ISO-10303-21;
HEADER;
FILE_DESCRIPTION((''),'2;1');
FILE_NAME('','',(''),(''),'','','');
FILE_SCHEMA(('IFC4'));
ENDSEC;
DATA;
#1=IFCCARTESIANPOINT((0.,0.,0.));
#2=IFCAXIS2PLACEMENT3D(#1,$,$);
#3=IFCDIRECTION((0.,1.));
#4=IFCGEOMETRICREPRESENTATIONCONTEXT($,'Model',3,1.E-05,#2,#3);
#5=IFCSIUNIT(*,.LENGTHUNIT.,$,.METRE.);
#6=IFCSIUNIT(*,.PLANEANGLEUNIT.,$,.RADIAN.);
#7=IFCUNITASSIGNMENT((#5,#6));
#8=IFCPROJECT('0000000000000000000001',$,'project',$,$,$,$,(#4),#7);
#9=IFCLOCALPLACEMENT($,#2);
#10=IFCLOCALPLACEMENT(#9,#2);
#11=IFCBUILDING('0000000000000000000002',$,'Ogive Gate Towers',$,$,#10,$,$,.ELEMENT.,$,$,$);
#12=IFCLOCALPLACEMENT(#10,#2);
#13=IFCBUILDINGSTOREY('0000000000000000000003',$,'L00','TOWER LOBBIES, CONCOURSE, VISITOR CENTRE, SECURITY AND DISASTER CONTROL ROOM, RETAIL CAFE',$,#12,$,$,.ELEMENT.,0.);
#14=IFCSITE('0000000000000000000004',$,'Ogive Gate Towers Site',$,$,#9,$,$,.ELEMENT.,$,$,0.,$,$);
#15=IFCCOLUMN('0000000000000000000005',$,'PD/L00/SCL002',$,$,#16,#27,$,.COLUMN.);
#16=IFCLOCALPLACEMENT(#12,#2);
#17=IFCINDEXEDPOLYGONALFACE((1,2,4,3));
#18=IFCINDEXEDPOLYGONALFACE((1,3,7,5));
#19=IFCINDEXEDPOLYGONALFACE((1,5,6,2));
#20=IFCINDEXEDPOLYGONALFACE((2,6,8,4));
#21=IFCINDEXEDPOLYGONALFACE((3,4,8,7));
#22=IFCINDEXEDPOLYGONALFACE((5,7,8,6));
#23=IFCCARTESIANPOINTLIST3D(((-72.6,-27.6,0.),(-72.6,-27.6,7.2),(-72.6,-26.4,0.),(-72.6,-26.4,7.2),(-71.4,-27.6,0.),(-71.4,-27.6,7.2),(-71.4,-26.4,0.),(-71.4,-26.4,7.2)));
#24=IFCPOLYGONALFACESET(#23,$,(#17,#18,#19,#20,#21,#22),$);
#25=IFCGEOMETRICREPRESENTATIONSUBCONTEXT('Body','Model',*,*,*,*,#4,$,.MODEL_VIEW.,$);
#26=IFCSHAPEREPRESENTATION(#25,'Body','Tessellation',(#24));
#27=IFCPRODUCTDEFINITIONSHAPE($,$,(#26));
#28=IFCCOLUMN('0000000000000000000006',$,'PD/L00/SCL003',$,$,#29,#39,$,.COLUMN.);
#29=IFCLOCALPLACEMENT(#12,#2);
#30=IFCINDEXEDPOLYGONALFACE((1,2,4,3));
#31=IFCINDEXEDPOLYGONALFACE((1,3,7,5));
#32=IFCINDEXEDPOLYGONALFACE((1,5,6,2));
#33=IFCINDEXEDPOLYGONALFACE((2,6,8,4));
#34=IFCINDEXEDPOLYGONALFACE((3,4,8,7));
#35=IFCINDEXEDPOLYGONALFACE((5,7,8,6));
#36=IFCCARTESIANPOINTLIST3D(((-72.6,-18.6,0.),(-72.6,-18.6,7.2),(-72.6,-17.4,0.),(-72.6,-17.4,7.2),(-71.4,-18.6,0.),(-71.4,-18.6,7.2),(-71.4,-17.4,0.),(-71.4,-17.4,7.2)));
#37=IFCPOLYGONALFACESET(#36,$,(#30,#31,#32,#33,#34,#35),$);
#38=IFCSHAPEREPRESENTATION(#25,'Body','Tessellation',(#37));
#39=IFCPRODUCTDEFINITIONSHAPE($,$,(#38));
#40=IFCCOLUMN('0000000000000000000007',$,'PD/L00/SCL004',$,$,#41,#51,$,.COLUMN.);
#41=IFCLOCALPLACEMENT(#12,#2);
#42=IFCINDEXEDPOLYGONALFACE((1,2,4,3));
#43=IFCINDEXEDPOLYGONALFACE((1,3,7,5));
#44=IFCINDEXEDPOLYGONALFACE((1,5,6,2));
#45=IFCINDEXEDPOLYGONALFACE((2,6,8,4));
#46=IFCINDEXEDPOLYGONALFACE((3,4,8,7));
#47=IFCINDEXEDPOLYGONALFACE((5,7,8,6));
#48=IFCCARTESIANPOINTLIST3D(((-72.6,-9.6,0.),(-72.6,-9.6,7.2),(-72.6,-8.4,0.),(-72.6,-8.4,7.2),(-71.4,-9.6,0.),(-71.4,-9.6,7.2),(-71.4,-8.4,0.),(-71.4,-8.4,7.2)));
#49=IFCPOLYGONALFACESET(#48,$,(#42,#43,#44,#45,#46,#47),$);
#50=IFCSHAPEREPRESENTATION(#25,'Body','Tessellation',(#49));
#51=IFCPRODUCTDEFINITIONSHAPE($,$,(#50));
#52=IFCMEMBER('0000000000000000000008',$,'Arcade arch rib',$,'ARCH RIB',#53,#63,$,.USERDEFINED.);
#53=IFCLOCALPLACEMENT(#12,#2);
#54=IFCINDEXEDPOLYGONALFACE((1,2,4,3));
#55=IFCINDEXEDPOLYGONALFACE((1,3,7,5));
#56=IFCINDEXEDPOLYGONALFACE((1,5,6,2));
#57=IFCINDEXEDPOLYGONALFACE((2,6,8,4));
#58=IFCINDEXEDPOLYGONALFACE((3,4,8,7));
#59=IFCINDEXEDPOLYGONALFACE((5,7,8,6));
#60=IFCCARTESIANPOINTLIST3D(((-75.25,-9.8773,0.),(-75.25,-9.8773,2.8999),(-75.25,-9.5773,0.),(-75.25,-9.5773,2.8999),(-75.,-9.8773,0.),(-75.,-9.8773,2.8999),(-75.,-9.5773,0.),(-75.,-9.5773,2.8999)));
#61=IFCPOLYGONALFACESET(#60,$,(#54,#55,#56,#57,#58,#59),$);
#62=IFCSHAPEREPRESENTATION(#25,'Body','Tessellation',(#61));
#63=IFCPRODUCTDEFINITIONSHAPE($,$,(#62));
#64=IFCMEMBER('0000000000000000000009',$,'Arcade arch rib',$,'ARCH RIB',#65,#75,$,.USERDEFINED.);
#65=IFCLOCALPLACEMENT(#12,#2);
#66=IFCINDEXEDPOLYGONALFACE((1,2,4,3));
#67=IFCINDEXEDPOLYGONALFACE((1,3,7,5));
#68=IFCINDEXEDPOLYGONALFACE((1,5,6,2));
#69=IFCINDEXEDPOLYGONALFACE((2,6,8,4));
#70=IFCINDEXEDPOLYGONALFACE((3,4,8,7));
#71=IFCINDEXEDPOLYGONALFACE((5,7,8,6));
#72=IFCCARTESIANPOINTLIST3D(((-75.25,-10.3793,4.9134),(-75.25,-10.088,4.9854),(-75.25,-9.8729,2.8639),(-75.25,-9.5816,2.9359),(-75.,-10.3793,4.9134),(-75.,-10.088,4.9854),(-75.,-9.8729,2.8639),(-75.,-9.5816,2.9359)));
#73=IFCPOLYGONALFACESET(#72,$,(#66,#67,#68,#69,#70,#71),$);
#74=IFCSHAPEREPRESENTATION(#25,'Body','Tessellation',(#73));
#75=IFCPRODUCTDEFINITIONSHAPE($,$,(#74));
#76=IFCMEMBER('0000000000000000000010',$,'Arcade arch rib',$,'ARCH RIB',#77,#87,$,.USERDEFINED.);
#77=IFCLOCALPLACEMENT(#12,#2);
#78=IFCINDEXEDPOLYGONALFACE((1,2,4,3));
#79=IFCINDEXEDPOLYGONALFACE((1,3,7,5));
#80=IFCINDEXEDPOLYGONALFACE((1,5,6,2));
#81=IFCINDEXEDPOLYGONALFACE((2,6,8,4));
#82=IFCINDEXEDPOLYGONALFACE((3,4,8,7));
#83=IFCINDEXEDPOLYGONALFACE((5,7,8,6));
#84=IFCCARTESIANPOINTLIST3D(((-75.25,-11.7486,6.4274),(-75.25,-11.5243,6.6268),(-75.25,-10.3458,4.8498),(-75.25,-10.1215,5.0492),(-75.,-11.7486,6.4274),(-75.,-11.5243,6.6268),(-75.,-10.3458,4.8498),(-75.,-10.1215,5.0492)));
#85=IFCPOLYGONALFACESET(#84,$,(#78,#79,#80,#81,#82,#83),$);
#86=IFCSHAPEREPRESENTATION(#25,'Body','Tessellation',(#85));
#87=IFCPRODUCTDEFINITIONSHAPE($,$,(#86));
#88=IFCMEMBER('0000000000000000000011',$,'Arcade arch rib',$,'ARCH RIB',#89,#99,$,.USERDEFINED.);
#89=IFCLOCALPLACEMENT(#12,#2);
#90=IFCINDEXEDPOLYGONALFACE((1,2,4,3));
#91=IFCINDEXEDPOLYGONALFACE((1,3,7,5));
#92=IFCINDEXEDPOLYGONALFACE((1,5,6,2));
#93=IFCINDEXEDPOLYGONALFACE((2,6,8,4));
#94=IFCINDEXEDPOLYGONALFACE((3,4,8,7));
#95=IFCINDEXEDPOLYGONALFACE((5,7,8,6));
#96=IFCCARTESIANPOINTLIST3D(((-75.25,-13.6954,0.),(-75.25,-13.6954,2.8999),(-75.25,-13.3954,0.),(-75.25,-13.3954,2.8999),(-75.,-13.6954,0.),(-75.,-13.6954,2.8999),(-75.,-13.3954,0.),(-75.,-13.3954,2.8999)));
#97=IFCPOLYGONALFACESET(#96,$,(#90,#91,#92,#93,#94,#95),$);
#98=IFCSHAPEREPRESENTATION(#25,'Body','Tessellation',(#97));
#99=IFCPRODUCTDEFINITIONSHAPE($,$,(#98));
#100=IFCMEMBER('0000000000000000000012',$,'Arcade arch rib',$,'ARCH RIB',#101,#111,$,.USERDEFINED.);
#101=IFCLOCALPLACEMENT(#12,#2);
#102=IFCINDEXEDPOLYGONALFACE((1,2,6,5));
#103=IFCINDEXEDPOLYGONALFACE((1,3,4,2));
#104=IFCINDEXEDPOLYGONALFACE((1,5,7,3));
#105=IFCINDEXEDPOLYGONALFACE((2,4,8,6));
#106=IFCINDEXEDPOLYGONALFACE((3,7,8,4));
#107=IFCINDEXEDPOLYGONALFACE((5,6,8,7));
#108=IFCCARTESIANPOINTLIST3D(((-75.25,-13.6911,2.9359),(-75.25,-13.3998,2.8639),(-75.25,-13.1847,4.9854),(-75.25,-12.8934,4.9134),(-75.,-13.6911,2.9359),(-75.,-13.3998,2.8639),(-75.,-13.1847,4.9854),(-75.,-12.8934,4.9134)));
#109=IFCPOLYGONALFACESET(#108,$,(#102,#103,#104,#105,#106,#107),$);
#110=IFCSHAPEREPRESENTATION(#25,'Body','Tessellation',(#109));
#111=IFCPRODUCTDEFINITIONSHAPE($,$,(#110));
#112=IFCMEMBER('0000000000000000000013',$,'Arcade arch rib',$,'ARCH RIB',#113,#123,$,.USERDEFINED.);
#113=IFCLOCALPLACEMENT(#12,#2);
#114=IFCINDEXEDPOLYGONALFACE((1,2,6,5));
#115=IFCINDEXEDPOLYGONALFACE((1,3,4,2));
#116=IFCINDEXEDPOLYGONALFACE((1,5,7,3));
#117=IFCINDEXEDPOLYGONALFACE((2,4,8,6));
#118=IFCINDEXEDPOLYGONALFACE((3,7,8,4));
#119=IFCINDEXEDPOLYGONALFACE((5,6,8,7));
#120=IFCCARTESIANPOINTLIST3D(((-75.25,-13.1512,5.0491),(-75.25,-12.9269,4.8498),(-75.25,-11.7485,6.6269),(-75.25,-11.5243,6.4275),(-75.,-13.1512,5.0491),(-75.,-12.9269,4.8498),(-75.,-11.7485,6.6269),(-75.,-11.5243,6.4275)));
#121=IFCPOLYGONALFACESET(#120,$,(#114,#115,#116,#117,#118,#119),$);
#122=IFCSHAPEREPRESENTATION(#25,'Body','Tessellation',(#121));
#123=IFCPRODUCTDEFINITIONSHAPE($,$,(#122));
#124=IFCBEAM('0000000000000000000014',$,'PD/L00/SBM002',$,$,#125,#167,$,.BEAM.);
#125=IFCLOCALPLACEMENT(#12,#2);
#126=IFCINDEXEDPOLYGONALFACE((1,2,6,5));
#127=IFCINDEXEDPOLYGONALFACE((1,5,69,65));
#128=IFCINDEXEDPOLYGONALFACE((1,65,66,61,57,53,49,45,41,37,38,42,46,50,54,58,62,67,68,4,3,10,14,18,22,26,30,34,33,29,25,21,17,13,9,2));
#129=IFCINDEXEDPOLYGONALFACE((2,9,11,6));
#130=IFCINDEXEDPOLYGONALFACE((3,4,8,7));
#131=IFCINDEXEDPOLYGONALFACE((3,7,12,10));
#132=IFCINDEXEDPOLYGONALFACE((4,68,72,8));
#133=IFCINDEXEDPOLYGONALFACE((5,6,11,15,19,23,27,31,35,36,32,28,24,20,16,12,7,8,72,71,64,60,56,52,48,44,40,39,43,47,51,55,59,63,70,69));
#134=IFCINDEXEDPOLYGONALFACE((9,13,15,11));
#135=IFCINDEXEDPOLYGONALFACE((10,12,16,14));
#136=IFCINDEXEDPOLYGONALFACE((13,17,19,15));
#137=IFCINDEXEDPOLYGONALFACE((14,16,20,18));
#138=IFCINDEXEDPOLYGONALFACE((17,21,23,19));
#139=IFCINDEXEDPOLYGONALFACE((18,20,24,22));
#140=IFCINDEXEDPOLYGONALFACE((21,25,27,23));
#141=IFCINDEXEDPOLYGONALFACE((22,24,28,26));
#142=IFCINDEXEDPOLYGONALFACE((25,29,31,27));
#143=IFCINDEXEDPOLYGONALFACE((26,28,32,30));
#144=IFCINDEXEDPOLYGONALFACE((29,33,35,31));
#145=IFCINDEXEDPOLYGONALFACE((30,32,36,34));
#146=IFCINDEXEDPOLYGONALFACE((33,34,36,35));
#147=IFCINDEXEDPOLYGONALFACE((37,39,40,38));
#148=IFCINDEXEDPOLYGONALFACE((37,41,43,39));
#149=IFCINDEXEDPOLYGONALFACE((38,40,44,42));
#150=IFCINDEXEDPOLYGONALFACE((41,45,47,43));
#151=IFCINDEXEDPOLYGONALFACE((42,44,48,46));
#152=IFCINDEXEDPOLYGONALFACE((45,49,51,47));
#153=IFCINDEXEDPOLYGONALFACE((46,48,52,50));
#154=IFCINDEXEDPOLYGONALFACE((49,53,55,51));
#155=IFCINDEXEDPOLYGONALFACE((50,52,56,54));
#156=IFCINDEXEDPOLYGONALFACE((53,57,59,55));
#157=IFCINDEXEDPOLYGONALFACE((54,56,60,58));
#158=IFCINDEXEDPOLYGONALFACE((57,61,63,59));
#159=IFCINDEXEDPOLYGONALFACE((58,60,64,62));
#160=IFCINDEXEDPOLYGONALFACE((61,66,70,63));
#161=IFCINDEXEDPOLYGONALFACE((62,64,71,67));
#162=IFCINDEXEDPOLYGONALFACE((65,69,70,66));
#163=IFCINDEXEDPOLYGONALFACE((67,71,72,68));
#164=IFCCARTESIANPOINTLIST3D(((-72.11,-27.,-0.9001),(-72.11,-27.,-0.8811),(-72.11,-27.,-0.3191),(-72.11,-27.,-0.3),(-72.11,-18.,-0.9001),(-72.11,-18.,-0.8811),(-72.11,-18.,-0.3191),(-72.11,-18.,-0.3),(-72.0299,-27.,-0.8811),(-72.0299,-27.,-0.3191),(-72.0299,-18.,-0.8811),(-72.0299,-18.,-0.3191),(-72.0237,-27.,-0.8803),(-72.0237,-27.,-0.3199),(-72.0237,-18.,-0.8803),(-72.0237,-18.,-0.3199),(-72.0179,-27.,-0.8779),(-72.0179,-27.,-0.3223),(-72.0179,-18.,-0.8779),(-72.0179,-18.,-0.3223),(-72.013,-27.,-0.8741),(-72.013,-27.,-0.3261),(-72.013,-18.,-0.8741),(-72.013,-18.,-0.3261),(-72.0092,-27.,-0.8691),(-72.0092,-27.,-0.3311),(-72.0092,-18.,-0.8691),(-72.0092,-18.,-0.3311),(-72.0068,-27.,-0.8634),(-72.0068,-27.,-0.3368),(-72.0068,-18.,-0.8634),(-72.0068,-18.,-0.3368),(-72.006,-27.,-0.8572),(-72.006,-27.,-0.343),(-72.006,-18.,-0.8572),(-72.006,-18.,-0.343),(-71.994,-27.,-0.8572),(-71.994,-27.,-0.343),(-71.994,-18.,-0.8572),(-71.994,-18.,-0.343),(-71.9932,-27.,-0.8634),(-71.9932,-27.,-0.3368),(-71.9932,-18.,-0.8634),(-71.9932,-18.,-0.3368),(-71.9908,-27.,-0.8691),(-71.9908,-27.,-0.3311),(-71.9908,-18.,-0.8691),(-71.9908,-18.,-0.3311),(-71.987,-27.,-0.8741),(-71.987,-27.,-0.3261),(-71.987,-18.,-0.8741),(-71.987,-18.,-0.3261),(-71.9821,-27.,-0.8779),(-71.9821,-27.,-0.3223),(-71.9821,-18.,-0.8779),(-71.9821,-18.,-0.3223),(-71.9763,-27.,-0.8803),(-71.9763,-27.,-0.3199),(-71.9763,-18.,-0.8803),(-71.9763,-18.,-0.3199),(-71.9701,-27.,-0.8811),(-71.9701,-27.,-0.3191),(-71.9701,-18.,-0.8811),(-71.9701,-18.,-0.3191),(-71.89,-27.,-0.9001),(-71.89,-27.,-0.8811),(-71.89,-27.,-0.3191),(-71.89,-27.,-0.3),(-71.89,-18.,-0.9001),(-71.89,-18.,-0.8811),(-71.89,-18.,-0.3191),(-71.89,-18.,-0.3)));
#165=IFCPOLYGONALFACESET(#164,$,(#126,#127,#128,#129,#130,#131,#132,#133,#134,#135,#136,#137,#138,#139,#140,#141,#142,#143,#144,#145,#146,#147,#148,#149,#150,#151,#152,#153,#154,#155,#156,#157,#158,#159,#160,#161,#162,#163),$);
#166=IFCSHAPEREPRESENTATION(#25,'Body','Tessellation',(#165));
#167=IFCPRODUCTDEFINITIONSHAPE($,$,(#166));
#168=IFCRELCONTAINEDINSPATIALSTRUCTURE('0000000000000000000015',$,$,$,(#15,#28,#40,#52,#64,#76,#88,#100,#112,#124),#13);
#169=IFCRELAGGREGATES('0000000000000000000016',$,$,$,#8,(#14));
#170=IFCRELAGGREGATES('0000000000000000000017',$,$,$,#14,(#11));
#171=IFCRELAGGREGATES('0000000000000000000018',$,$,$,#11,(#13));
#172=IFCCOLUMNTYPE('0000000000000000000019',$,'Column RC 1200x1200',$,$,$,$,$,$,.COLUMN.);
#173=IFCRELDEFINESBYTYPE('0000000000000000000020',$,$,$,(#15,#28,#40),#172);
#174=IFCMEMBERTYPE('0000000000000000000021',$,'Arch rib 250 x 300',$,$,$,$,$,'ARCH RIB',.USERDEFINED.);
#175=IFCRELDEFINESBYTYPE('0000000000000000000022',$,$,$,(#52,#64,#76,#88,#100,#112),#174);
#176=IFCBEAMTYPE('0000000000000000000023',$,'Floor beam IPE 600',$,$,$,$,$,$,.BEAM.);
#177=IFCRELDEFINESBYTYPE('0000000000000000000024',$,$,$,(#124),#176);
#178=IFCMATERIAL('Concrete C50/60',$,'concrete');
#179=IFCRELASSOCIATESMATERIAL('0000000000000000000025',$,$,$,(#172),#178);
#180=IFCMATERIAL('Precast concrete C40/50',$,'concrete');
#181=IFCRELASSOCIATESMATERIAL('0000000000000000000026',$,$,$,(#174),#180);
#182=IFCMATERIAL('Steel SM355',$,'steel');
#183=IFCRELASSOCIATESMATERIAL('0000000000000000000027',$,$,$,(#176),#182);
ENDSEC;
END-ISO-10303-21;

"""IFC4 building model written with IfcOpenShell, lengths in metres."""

from ifc_helpers import new_model, si_unit, direction, frame, origin, origin_2d, place, context, subcontext, project, spatial, rectangle, i_section, extrude, material, material_profile, profile_set, type_object, element, save


model = new_model("IFC4")

# Units and contexts
model_context = context("Model", 3, precision=1e-05, world=origin(), true_north=direction((0.0, 1.0)))
body_context = subcontext(model_context, "Body", "Model", "MODEL_VIEW")
ifc_project = project(units=[si_unit("LENGTHUNIT", "METRE"), si_unit("PLANEANGLEUNIT", "RADIAN")], contexts=[model_context])

# Site, building, storey
site_placement = place(None, origin())
site = spatial("IfcSite", under=ifc_project, at=site_placement, Name="Ogive Gate Towers Site", CompositionType="ELEMENT", RefElevation=0.0)
building_placement = place(site_placement, origin())
building = spatial("IfcBuilding", under=site, at=building_placement, Name="Ogive Gate Towers", CompositionType="ELEMENT")
storey_placement = place(building_placement, origin())
storey = spatial("IfcBuildingStorey", under=building, at=storey_placement, Name="L00", Description="TOWER LOBBIES, CONCOURSE, VISITOR CENTRE, SECURITY AND DISASTER CONTROL ROOM, RETAIL CAFE", CompositionType="ELEMENT", Elevation=0.0)

# Columns
ifc_material_1 = material(Name="Concrete C50/60", Category="concrete")
ifc_material_profile_1 = material_profile(ifc_material_1, rectangle(XDim=1.2, YDim=1.2, at=origin_2d()), Name="RC 1200x1200")
ifc_profile_set_1 = profile_set([ifc_material_profile_1], Name="Concrete C50/60")
column_type = type_object("IfcColumnType", Name="Column RC 1200x1200", PredefinedType="COLUMN", material=ifc_profile_set_1)
for number, where, z_axis, x_axis, name in (
    (1, (-72.0, -27.0, 0.0), (0.0, 0.0, 1.0), (1.0, 0.0, 0.0), "PD/L00/SCL002"),
    (2, (-72.0, -18.0, 0.0), (0.0, 0.0, 1.0), (1.0, 0.0, 0.0), "PD/L00/SCL003"),
    (3, (-72.0, -9.0, 0.0), (0.0, 0.0, 1.0), (1.0, 0.0, 0.0), "PD/L00/SCL004"),
):
    element("IfcColumn", number, at=place(storey_placement, frame(where, z_axis=z_axis, x_axis=x_axis)), inside=storey, type_object=column_type, Name=name, PredefinedType="COLUMN", context=body_context, shape_type="SweptSolid", body=[
        extrude(rectangle(XDim=1.2, YDim=1.2, at=origin_2d()), origin(), (0.0, 0.0, 1.0), 7.2),
    ])

# Members
ifc_material_2 = material(Name="Precast concrete C40/50", Category="concrete")
ifc_material_profile_2 = material_profile(ifc_material_2, rectangle(XDim=0.25, YDim=0.3, at=origin_2d()), Name="250 x 300 cast stone")
ifc_profile_set_2 = profile_set([ifc_material_profile_2], Name="Precast concrete C40/50")
member_type_1 = type_object("IfcMemberType", Name="Arch rib 250 x 300", ElementType="ARCH RIB", PredefinedType="USERDEFINED", material=ifc_profile_set_2)
member_1_placement = place(storey_placement, frame((-75.125, -9.7273, 0.0), z_axis=(0.0, 0.0, 1.0), x_axis=(1.0, 0.0, 0.0)))
element("IfcMember", 4, at=member_1_placement, inside=storey, type_object=member_type_1, Name="Arcade arch rib", ObjectType="ARCH RIB", PredefinedType="USERDEFINED", context=body_context, shape_type="SweptSolid", body=[
    extrude(rectangle(XDim=0.25, YDim=0.3, at=origin_2d()), origin(), (0.0, 0.0, 1.0), 2.8999),
])
for number, where, z_axis, x_axis, name in (
    (5, (-75.125, -9.7273, 2.8999), (0.0, -0.239841, 0.970812), (1.0, 0.0, 0.0), "Arcade arch rib"),
    (6, (-75.125, -10.2336, 4.9495), (0.0, -0.664493, 0.747294), (1.0, 0.0, 0.0), "Arcade arch rib"),
):
    element("IfcMember", number, at=place(storey_placement, frame(where, z_axis=z_axis, x_axis=x_axis)), inside=storey, type_object=member_type_1, Name=name, ObjectType="ARCH RIB", PredefinedType="USERDEFINED", context=body_context, shape_type="SweptSolid", body=[
        extrude(rectangle(XDim=0.25, YDim=0.3, at=origin_2d()), origin(), (0.0, 0.0, 1.0), 2.1111),
    ])
member_2_placement = place(storey_placement, frame((-75.125, -13.5454, 0.0), z_axis=(0.0, 0.0, 1.0), x_axis=(1.0, 0.0, 0.0)))
element("IfcMember", 7, at=member_2_placement, inside=storey, type_object=member_type_1, Name="Arcade arch rib", ObjectType="ARCH RIB", PredefinedType="USERDEFINED", context=body_context, shape_type="SweptSolid", body=[
    extrude(rectangle(XDim=0.25, YDim=0.3, at=origin_2d()), origin(), (0.0, 0.0, 1.0), 2.8999),
])
for number, where, z_axis, x_axis, name in (
    (8, (-75.125, -13.5454, 2.8999), (0.0, 0.239841, 0.970812), (-1.0, 0.0, 0.0), "Arcade arch rib"),
    (9, (-75.125, -13.0391, 4.9495), (0.0, 0.664428, 0.747352), (-1.0, 0.0, 0.0), "Arcade arch rib"),
):
    element("IfcMember", number, at=place(storey_placement, frame(where, z_axis=z_axis, x_axis=x_axis)), inside=storey, type_object=member_type_1, Name=name, ObjectType="ARCH RIB", PredefinedType="USERDEFINED", context=body_context, shape_type="SweptSolid", body=[
        extrude(rectangle(XDim=0.25, YDim=0.3, at=origin_2d()), origin(), (0.0, 0.0, 1.0), 2.1111),
    ])

# Beam
ifc_material_3 = material(Name="Steel SM355", Category="steel")
ifc_material_profile_3 = material_profile(ifc_material_3, i_section(OverallWidth=0.22, OverallDepth=0.6001, WebThickness=0.012, FlangeThickness=0.019, FilletRadius=0.0239, at=origin_2d()), Name="IPE 600")
ifc_profile_set_3 = profile_set([ifc_material_profile_3], Name="Steel SM355")
beam_type = type_object("IfcBeamType", Name="Floor beam IPE 600", PredefinedType="BEAM", material=ifc_profile_set_3)
for number, where, z_axis, x_axis, name in (
    (10, (-72.0, -27.0, -0.6001), (0.0, 1.0, 0.0), (-1.0, 0.0, 0.0), "PD/L00/SBM002"),
):
    element("IfcBeam", number, at=place(storey_placement, frame(where, z_axis=z_axis, x_axis=x_axis)), inside=storey, type_object=beam_type, Name=name, PredefinedType="BEAM", context=body_context, shape_type="SweptSolid", body=[
        extrude(i_section(OverallWidth=0.22, OverallDepth=0.6001, WebThickness=0.012, FlangeThickness=0.019, FilletRadius=0.0239, at=origin_2d()), origin(), (0.0, 0.0, 1.0), 9.0),
    ])

save(model, "model.ifc")
